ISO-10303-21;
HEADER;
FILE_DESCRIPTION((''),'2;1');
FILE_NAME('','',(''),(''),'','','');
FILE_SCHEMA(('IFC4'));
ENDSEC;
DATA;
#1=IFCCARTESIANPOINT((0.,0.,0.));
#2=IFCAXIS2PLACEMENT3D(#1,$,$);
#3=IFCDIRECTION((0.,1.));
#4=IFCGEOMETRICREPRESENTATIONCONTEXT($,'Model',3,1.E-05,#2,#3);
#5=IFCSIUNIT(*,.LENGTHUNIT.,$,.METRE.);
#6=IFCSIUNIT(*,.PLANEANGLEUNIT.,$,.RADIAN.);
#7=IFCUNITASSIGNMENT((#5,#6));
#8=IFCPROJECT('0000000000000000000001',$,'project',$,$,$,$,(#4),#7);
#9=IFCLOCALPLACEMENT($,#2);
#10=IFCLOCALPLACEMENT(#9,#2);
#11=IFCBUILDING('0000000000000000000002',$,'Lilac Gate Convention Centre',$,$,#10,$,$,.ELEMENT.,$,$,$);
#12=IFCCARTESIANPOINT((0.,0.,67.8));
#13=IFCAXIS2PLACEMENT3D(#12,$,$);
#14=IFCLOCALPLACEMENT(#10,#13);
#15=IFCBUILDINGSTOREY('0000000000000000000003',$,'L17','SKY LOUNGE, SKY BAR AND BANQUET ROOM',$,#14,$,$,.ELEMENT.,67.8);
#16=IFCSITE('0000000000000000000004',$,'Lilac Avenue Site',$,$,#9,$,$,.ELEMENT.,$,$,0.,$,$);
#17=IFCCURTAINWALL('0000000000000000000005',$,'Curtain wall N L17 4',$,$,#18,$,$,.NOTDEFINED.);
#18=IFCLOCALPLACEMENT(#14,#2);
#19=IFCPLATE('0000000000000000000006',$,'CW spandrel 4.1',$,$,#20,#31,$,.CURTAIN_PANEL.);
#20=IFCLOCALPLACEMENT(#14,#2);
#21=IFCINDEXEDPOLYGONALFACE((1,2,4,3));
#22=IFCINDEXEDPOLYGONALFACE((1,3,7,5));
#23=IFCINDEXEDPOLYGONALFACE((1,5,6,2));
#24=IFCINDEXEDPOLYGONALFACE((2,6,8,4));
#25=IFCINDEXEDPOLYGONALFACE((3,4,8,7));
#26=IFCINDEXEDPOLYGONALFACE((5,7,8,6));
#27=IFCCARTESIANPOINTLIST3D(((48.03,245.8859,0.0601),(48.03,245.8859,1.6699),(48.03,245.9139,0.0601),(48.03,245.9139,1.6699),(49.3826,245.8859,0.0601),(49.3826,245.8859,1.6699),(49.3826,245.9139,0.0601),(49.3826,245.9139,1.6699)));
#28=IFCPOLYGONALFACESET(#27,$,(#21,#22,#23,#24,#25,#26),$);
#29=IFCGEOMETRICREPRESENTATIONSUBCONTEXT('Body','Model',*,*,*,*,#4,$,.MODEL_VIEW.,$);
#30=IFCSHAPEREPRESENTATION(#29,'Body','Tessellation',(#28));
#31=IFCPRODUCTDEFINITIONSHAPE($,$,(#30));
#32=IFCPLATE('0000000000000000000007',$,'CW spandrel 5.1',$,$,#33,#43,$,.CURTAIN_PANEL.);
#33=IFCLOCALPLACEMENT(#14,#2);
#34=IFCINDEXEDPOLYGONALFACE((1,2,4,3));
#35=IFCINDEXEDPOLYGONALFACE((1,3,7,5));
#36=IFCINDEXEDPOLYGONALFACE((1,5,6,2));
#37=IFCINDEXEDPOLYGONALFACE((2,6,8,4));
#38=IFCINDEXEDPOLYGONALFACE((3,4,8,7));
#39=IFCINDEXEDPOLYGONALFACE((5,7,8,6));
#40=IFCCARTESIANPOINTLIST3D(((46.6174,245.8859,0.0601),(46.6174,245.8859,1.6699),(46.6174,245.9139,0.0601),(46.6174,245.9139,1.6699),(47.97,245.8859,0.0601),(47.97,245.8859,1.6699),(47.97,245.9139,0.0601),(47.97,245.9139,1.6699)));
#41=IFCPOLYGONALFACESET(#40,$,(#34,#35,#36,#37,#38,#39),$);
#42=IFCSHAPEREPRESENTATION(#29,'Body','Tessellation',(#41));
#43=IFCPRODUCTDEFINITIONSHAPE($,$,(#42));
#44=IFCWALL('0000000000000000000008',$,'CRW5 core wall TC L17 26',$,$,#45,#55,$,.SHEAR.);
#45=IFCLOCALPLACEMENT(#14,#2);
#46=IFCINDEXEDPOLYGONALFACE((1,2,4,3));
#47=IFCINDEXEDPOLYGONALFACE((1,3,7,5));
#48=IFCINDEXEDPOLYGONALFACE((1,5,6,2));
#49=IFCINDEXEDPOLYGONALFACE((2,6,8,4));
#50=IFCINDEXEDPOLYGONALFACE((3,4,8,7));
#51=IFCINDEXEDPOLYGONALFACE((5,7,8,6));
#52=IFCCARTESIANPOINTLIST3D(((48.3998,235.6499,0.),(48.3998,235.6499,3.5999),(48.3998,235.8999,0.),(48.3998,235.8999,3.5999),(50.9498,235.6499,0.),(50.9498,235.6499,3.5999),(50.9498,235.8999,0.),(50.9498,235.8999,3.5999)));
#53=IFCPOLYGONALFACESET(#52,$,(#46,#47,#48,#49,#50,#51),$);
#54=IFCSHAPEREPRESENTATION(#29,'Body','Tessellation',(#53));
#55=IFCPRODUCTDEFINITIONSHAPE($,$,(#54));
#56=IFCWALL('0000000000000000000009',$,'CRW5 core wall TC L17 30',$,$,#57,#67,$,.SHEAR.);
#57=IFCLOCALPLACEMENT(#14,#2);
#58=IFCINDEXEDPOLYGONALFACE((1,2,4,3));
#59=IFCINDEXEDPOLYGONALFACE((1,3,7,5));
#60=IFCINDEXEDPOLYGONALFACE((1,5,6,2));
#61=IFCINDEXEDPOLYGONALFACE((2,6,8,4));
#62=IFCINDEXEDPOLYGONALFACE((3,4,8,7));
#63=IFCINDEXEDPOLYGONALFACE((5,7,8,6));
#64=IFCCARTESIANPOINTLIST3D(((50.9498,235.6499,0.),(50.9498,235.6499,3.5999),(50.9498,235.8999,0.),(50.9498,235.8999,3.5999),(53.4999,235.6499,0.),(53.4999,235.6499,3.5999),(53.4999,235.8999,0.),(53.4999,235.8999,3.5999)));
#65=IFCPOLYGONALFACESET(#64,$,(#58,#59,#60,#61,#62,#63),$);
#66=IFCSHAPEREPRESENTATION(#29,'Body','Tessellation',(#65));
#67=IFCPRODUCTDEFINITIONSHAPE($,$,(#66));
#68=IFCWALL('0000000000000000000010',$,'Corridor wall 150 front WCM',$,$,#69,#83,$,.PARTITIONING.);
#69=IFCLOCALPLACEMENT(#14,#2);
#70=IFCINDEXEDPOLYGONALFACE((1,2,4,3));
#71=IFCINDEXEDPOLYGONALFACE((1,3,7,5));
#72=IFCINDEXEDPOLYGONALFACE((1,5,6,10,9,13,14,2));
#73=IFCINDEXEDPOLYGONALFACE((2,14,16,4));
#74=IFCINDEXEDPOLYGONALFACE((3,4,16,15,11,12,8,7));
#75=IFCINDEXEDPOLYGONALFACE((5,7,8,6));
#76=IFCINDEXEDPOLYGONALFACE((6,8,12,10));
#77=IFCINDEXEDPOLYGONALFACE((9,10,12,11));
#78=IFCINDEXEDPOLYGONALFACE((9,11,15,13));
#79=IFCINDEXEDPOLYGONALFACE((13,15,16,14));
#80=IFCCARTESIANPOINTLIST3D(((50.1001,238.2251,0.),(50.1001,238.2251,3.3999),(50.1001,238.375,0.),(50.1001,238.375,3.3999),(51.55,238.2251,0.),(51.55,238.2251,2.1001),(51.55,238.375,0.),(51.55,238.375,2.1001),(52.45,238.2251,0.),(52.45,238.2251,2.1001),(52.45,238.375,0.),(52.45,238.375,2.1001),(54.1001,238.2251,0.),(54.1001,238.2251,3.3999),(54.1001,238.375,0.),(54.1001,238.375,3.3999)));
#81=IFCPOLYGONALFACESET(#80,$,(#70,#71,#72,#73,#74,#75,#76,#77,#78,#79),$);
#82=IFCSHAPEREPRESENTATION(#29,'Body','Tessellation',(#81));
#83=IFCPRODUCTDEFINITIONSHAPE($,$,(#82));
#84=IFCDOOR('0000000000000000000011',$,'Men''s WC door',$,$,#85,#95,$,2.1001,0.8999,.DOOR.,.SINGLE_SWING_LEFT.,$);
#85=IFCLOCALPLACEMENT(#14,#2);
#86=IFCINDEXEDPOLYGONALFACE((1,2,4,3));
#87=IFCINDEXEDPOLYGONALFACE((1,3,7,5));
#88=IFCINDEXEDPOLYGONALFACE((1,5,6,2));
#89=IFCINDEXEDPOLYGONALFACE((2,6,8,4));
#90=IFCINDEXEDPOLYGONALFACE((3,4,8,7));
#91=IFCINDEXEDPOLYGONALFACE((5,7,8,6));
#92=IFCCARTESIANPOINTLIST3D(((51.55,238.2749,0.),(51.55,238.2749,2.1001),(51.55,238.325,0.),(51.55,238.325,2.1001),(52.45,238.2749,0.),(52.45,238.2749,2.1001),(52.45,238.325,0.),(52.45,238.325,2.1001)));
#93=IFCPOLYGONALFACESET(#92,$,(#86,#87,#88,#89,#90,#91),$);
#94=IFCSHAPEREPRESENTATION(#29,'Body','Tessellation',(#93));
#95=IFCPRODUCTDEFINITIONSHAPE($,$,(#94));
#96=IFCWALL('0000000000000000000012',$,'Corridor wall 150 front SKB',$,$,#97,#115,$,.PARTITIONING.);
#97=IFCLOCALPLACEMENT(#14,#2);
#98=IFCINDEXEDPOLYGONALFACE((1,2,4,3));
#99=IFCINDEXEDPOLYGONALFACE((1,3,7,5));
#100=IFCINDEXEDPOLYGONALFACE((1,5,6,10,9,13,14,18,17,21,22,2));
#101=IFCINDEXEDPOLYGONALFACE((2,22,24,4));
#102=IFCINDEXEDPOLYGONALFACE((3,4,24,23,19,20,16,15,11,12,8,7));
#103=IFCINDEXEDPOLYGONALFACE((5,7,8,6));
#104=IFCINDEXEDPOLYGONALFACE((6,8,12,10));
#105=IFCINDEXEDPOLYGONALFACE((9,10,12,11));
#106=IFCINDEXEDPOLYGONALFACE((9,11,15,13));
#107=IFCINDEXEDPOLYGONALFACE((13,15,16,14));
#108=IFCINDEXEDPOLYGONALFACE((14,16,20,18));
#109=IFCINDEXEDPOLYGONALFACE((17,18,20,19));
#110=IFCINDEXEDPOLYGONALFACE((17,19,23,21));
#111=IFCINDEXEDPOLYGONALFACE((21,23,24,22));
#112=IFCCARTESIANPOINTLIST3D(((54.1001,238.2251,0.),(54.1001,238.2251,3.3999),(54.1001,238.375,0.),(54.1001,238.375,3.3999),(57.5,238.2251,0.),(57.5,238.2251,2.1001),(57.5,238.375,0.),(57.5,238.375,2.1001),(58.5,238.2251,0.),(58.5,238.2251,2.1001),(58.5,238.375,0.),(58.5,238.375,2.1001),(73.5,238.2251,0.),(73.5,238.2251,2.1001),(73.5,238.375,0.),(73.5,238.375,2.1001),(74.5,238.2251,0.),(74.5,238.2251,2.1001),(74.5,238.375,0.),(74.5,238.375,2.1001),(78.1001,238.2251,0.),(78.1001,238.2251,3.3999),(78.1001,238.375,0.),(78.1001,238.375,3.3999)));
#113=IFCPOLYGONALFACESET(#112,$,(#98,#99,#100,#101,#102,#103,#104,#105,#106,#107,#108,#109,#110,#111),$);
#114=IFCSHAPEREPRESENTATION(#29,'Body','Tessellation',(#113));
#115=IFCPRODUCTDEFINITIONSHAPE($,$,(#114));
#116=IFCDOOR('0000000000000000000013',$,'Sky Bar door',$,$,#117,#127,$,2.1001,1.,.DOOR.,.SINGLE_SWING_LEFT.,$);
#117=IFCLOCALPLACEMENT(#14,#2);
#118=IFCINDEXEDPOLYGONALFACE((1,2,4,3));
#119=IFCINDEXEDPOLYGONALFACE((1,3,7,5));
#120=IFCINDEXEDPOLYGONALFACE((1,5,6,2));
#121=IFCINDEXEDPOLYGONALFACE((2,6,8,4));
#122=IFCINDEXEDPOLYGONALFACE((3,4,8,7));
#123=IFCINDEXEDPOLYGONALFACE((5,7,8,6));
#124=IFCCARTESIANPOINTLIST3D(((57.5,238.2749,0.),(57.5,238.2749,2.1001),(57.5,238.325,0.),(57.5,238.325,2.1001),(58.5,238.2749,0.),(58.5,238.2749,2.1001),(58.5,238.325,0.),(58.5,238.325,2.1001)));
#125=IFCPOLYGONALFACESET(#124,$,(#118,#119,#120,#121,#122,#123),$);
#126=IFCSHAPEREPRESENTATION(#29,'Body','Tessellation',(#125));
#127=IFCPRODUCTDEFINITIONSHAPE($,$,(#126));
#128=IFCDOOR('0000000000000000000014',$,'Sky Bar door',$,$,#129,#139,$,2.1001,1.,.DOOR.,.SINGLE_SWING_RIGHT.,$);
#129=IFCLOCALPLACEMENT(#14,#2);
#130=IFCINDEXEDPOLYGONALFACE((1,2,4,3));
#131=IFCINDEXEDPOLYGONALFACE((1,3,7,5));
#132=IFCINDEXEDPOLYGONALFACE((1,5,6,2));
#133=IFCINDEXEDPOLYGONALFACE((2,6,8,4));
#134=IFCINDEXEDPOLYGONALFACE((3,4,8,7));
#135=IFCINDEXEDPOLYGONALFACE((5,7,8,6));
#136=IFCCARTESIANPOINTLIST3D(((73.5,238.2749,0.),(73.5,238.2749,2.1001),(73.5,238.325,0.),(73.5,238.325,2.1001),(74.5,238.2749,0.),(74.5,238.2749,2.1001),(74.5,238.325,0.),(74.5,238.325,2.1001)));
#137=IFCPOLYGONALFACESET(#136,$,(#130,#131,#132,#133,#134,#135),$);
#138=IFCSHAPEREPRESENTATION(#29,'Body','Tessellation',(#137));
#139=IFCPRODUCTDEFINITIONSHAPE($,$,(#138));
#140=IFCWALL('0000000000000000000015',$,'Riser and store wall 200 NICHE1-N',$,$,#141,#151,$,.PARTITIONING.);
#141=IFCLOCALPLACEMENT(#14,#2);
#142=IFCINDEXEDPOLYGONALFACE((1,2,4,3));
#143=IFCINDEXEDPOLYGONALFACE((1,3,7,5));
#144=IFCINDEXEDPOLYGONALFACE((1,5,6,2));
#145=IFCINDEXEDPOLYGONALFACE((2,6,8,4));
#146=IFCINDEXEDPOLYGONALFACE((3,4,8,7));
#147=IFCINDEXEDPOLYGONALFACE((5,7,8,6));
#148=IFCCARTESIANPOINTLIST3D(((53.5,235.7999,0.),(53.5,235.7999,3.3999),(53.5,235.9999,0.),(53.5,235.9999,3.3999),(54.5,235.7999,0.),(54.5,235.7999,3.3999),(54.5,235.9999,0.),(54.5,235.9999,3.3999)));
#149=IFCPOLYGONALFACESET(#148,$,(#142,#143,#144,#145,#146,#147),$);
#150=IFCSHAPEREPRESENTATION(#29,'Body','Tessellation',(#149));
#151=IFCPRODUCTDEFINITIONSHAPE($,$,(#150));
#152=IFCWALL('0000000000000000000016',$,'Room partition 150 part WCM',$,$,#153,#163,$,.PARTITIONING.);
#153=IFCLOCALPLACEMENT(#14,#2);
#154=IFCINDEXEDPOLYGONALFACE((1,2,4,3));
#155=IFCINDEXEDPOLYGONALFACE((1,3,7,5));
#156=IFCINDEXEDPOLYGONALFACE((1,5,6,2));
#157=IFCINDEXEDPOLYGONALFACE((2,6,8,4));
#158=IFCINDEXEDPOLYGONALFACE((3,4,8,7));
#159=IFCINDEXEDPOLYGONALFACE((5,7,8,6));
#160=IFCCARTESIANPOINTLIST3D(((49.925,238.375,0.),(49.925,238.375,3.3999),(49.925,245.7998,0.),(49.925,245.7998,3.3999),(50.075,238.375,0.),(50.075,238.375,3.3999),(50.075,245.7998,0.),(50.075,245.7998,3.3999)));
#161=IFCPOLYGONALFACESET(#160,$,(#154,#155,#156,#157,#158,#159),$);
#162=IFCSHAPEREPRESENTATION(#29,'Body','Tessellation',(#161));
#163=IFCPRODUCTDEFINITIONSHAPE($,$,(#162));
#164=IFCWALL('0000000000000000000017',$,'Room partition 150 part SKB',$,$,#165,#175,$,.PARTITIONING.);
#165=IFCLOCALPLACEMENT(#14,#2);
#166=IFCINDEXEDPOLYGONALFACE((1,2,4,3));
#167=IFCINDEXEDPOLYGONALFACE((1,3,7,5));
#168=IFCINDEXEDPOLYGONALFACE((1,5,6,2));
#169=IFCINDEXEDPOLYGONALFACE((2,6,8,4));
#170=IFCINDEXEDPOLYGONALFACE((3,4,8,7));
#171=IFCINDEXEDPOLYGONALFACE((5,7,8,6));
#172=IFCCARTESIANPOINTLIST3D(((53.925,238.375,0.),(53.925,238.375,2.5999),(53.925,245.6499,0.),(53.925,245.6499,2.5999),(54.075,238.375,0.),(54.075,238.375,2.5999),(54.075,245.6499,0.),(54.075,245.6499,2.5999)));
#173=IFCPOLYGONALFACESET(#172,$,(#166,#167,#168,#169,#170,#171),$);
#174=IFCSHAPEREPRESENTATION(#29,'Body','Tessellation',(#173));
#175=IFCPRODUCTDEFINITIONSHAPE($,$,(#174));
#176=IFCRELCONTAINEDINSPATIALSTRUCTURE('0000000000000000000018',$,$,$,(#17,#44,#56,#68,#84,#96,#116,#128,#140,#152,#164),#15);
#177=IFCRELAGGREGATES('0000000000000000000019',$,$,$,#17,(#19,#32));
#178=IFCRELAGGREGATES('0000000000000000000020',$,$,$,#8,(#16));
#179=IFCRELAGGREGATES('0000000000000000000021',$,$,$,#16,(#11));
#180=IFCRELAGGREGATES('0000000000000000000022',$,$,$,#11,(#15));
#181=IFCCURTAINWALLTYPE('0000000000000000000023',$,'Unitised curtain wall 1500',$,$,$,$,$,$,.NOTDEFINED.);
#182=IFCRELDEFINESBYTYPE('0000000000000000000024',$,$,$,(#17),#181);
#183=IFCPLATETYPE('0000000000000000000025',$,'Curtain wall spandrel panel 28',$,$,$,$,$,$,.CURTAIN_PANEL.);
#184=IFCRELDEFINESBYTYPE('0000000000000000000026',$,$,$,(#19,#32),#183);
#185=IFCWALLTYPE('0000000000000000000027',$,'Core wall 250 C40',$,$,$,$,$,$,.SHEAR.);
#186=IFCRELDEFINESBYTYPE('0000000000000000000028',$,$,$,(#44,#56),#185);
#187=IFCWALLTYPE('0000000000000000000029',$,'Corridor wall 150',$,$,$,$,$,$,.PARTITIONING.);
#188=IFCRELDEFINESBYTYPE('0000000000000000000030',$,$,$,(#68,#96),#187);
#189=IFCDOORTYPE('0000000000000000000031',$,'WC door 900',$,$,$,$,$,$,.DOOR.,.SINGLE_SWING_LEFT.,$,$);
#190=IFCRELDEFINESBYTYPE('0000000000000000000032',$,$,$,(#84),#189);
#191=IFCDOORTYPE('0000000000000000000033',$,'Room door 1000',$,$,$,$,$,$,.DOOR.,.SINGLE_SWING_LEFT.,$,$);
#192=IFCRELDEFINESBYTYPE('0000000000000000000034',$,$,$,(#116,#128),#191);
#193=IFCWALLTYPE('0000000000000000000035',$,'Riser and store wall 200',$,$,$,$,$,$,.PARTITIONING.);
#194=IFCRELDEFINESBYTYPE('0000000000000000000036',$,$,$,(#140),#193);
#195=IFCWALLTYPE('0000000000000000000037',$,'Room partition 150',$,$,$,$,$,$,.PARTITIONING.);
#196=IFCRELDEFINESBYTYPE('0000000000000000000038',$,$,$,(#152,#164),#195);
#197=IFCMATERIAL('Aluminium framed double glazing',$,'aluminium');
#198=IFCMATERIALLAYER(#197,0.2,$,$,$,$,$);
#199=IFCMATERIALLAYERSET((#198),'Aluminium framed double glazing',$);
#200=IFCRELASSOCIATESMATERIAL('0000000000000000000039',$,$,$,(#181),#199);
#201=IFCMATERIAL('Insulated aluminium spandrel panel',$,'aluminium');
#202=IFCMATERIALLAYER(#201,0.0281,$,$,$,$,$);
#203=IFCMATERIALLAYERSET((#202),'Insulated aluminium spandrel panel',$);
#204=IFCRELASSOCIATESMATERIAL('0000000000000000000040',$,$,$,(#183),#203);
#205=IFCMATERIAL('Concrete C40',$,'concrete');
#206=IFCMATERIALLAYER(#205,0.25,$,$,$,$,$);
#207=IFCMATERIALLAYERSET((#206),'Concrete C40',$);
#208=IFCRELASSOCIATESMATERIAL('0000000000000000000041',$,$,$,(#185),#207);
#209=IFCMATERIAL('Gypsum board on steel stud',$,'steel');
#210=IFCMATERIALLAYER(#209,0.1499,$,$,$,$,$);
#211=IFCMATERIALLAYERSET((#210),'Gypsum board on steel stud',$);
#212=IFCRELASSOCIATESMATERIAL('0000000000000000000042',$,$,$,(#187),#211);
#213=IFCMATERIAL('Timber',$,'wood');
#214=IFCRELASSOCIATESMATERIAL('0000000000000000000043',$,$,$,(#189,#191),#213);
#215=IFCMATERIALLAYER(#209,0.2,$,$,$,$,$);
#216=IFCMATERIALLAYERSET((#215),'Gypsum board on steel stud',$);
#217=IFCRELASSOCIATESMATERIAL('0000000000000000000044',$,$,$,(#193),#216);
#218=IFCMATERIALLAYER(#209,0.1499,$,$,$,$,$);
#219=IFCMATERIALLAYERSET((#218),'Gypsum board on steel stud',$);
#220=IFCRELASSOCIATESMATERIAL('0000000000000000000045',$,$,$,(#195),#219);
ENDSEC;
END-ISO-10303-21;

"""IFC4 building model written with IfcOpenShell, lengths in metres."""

from ifc_helpers import new_model, si_unit, direction, frame, frame_2d, origin, origin_2d, place, context, subcontext, project, spatial, rectangle, extrude, material, layer, layer_set, type_object, element, fill, aggregate, save


model = new_model("IFC4")

# Units and contexts
model_context = context("Model", 3, precision=1e-05, world=origin(), true_north=direction((0.0, 1.0)))
body_context = subcontext(model_context, "Body", "Model", "MODEL_VIEW")
ifc_project = project(units=[si_unit("LENGTHUNIT", "METRE"), si_unit("PLANEANGLEUNIT", "RADIAN")], contexts=[model_context])

# Site, building, storey
site_placement = place(None, origin())
site = spatial("IfcSite", under=ifc_project, at=site_placement, Name="Lilac Avenue Site", CompositionType="ELEMENT", RefElevation=0.0)
building_placement = place(site_placement, origin())
building = spatial("IfcBuilding", under=site, at=building_placement, Name="Lilac Gate Convention Centre", CompositionType="ELEMENT")
storey_placement = place(building_placement, frame((0.0, 0.0, 67.8)))
storey = spatial("IfcBuildingStorey", under=building, at=storey_placement, Name="L17", Description="SKY LOUNGE, SKY BAR AND BANQUET ROOM", CompositionType="ELEMENT", Elevation=67.8)

# Shared definitions
ifc_material_1 = material(Name="Concrete C40", Category="concrete")

# Curtain wall
ifc_material_2 = material(Name="Aluminium framed double glazing", Category="aluminium")
ifc_layer_1 = layer(ifc_material_2, 0.2)
ifc_layer_set_1 = layer_set([ifc_layer_1], Name="Aluminium framed double glazing")
curtain_wall_type = type_object("IfcCurtainWallType", Name="Unitised curtain wall 1500", PredefinedType="NOTDEFINED", material=ifc_layer_set_1)
curtain_wall_placement = place(storey_placement, origin())
curtain_wall = element("IfcCurtainWall", 1, at=curtain_wall_placement, inside=storey, type_object=curtain_wall_type, Name="Curtain wall N L17 4", PredefinedType="NOTDEFINED")

# Plates
ifc_material_3 = material(Name="Insulated aluminium spandrel panel", Category="aluminium")
ifc_layer_2 = layer(ifc_material_3, 0.0281)
ifc_layer_set_2 = layer_set([ifc_layer_2], Name="Insulated aluminium spandrel panel")
plate_type_1 = type_object("IfcPlateType", Name="Curtain wall spandrel panel 28", PredefinedType="CURTAIN_PANEL", material=ifc_layer_set_2)
plate_1_placement = place(storey_placement, frame((48.7063, 245.8999, 0.0601), z_axis=(0.0, 0.0, 1.0), x_axis=(-1.0, 0.0, 0.0)))
plate_1 = element("IfcPlate", 2, at=plate_1_placement, type_object=plate_type_1, Name="CW spandrel 4.1", PredefinedType="CURTAIN_PANEL", context=body_context, shape_type="SweptSolid", body=[
    extrude(rectangle(XDim=1.3525, YDim=0.0281, at=origin_2d()), origin(), (0.0, 0.0, 1.0), 1.6099),
])
plate_2_placement = place(storey_placement, frame((47.2937, 245.8999, 0.0601), z_axis=(0.0, 0.0, 1.0), x_axis=(-1.0, 0.0, 0.0)))
plate_2 = element("IfcPlate", 3, at=plate_2_placement, type_object=plate_type_1, Name="CW spandrel 5.1", PredefinedType="CURTAIN_PANEL", context=body_context, shape_type="SweptSolid", body=[
    extrude(rectangle(XDim=1.3525, YDim=0.0281, at=origin_2d()), origin(), (0.0, 0.0, 1.0), 1.6099),
])
aggregate(curtain_wall, [plate_1, plate_2])

# Walls
ifc_layer_3 = layer(ifc_material_1, 0.25)
ifc_layer_set_3 = layer_set([ifc_layer_3], Name="Concrete C40")
wall_type_1 = type_object("IfcWallType", Name="Core wall 250 C40", PredefinedType="SHEAR", material=ifc_layer_set_3)
for number, where, z_axis, x_axis, name in (
    (4, (48.3999, 235.7749, 0.0), (0.0, 0.0, 1.0), (1.0, 0.0, 0.0), "CRW5 core wall TC L17 26"),
    (5, (50.95, 235.7749, 0.0), (0.0, 0.0, 1.0), (1.0, 0.0, 0.0), "CRW5 core wall TC L17 30"),
):
    element("IfcWall", number, at=place(storey_placement, frame(where, z_axis=z_axis, x_axis=x_axis)), inside=storey, type_object=wall_type_1, Name=name, PredefinedType="SHEAR", context=body_context, shape_type="SweptSolid", body=[
        extrude(rectangle(XDim=2.55, YDim=0.25, at=frame_2d((1.2749, 0.0))), origin(), (0.0, 0.0, 1.0), 3.5999),
    ])

# Wall, opening, door
ifc_material_4 = material(Name="Gypsum board on steel stud", Category="steel")
ifc_layer_4 = layer(ifc_material_4, 0.1499)
ifc_layer_set_4 = layer_set([ifc_layer_4], Name="Gypsum board on steel stud")
wall_type_2 = type_object("IfcWallType", Name="Corridor wall 150", PredefinedType="PARTITIONING", material=ifc_layer_set_4)
wall_1_placement = place(storey_placement, frame((50.1001, 238.3, 0.0), z_axis=(0.0, 0.0, 1.0), x_axis=(1.0, 0.0, 0.0)))
wall_1 = element("IfcWall", 6, at=wall_1_placement, inside=storey, type_object=wall_type_2, Name="Corridor wall 150 front WCM", PredefinedType="PARTITIONING", context=body_context, shape_type="SweptSolid", body=[
    extrude(rectangle(XDim=4.0, YDim=0.1499, at=frame_2d((2.0, 0.0))), origin(), (0.0, 0.0, 1.0), 3.3999),
])
opening_1_placement = place(wall_1_placement, frame((1.45, 0.0, 0.0)))
opening_1 = element("IfcOpeningElement", 7, at=opening_1_placement, cuts=wall_1, PredefinedType="OPENING", context=body_context, shape_type="SweptSolid", body=[
    extrude(rectangle(XDim=0.8999, YDim=2.1001, at=frame_2d((0.45, 1.05))), frame((0.0, 0.085, 0.0), z_axis=(0.0, -1.0, 0.0), x_axis=(1.0, 0.0, 0.0)), (0.0, 0.0, 1.0), 0.1699),
])
ifc_material_5 = material(Name="Timber", Category="wood")
door_type_1 = type_object("IfcDoorType", Name="WC door 900", OperationType="SINGLE_SWING_LEFT", PredefinedType="DOOR", material=ifc_material_5)
door_1_placement = place(opening_1_placement, origin())
door_1 = element("IfcDoor", 8, at=door_1_placement, inside=storey, type_object=door_type_1, Name="Men's WC door", OperationType="SINGLE_SWING_LEFT", OverallHeight=2.1001, OverallWidth=0.8999, PredefinedType="DOOR", context=body_context, shape_type="SweptSolid", body=[
    extrude(rectangle(XDim=0.8999, YDim=2.1001, at=frame_2d((0.45, 1.05))), frame((0.0, 0.0249, 0.0), z_axis=(0.0, -1.0, 0.0), x_axis=(1.0, 0.0, 0.0)), (0.0, 0.0, 1.0), 0.05),
])
fill(opening_1, door_1)

# Wall, openings, doors
wall_2_placement = place(storey_placement, frame((54.1001, 238.3, 0.0), z_axis=(0.0, 0.0, 1.0), x_axis=(1.0, 0.0, 0.0)))
wall_2 = element("IfcWall", 9, at=wall_2_placement, inside=storey, type_object=wall_type_2, Name="Corridor wall 150 front SKB", PredefinedType="PARTITIONING", context=body_context, shape_type="SweptSolid", body=[
    extrude(rectangle(XDim=24.0, YDim=0.1499, at=frame_2d((12.0, 0.0))), origin(), (0.0, 0.0, 1.0), 3.3999),
])
opening_2_placement = place(wall_2_placement, frame((3.3999, 0.0, 0.0)))
opening_2 = element("IfcOpeningElement", 10, at=opening_2_placement, cuts=wall_2, PredefinedType="OPENING", context=body_context, shape_type="SweptSolid", body=[
    extrude(rectangle(XDim=1.0, YDim=2.1001, at=frame_2d((0.5, 1.05))), frame((0.0, 0.085, 0.0), z_axis=(0.0, -1.0, 0.0), x_axis=(1.0, 0.0, 0.0)), (0.0, 0.0, 1.0), 0.1699),
])
opening_3_placement = place(wall_2_placement, frame((19.3999, 0.0, 0.0)))
opening_3 = element("IfcOpeningElement", 11, at=opening_3_placement, cuts=wall_2, PredefinedType="OPENING", context=body_context, shape_type="SweptSolid", body=[
    extrude(rectangle(XDim=1.0, YDim=2.1001, at=frame_2d((0.5, 1.05))), frame((0.0, 0.085, 0.0), z_axis=(0.0, -1.0, 0.0), x_axis=(1.0, 0.0, 0.0)), (0.0, 0.0, 1.0), 0.1699),
])
door_type_2 = type_object("IfcDoorType", Name="Room door 1000", OperationType="SINGLE_SWING_LEFT", PredefinedType="DOOR", material=ifc_material_5)
door_2_placement = place(opening_2_placement, origin())
door_2 = element("IfcDoor", 12, at=door_2_placement, inside=storey, type_object=door_type_2, Name="Sky Bar door", OperationType="SINGLE_SWING_LEFT", OverallHeight=2.1001, OverallWidth=1.0, PredefinedType="DOOR", context=body_context, shape_type="SweptSolid", body=[
    extrude(rectangle(XDim=1.0, YDim=2.1001, at=frame_2d((0.5, 1.05))), frame((0.0, 0.0249, 0.0), z_axis=(0.0, -1.0, 0.0), x_axis=(1.0, 0.0, 0.0)), (0.0, 0.0, 1.0), 0.05),
])
fill(opening_2, door_2)
door_3_placement = place(opening_3_placement, origin())
door_3 = element("IfcDoor", 13, at=door_3_placement, inside=storey, type_object=door_type_2, Name="Sky Bar door", OperationType="SINGLE_SWING_RIGHT", OverallHeight=2.1001, OverallWidth=1.0, PredefinedType="DOOR", context=body_context, shape_type="SweptSolid", body=[
    extrude(rectangle(XDim=1.0, YDim=2.1001, at=frame_2d((0.5, 1.05))), frame((0.0, 0.0249, 0.0), z_axis=(0.0, -1.0, 0.0), x_axis=(1.0, 0.0, 0.0)), (0.0, 0.0, 1.0), 0.05),
])
fill(opening_3, door_3)

# Walls
ifc_layer_5 = layer(ifc_material_4, 0.2)
ifc_layer_set_5 = layer_set([ifc_layer_5], Name="Gypsum board on steel stud")
wall_type_3 = type_object("IfcWallType", Name="Riser and store wall 200", PredefinedType="PARTITIONING", material=ifc_layer_set_5)
wall_3_placement = place(storey_placement, frame((53.5, 235.8999, 0.0), z_axis=(0.0, 0.0, 1.0), x_axis=(1.0, 0.0, 0.0)))
element("IfcWall", 14, at=wall_3_placement, inside=storey, type_object=wall_type_3, Name="Riser and store wall 200 NICHE1-N", PredefinedType="PARTITIONING", context=body_context, shape_type="SweptSolid", body=[
    extrude(rectangle(XDim=1.0, YDim=0.2, at=frame_2d((0.5, 0.0))), origin(), (0.0, 0.0, 1.0), 3.3999),
])
ifc_layer_6 = layer(ifc_material_4, 0.1499)
ifc_layer_set_6 = layer_set([ifc_layer_6], Name="Gypsum board on steel stud")
wall_type_4 = type_object("IfcWallType", Name="Room partition 150", PredefinedType="PARTITIONING", material=ifc_layer_set_6)
wall_4_placement = place(storey_placement, frame((50.0, 245.7998, 0.0), z_axis=(0.0, 0.0, 1.0), x_axis=(0.0, -1.0, 0.0)))
element("IfcWall", 15, at=wall_4_placement, inside=storey, type_object=wall_type_4, Name="Room partition 150 part WCM", PredefinedType="PARTITIONING", context=body_context, shape_type="SweptSolid", body=[
    extrude(rectangle(XDim=7.4248, YDim=0.1499, at=frame_2d((3.7124, 0.0))), origin(), (0.0, 0.0, 1.0), 3.3999),
])
wall_5_placement = place(storey_placement, frame((54.0, 245.6499, 0.0), z_axis=(0.0, 0.0, 1.0), x_axis=(0.0, -1.0, 0.0)))
element("IfcWall", 16, at=wall_5_placement, inside=storey, type_object=wall_type_4, Name="Room partition 150 part SKB", PredefinedType="PARTITIONING", context=body_context, shape_type="SweptSolid", body=[
    extrude(rectangle(XDim=7.2749, YDim=0.1499, at=frame_2d((3.6375, 0.0))), origin(), (0.0, 0.0, 1.0), 2.5999),
])

save(model, "model.ifc")
